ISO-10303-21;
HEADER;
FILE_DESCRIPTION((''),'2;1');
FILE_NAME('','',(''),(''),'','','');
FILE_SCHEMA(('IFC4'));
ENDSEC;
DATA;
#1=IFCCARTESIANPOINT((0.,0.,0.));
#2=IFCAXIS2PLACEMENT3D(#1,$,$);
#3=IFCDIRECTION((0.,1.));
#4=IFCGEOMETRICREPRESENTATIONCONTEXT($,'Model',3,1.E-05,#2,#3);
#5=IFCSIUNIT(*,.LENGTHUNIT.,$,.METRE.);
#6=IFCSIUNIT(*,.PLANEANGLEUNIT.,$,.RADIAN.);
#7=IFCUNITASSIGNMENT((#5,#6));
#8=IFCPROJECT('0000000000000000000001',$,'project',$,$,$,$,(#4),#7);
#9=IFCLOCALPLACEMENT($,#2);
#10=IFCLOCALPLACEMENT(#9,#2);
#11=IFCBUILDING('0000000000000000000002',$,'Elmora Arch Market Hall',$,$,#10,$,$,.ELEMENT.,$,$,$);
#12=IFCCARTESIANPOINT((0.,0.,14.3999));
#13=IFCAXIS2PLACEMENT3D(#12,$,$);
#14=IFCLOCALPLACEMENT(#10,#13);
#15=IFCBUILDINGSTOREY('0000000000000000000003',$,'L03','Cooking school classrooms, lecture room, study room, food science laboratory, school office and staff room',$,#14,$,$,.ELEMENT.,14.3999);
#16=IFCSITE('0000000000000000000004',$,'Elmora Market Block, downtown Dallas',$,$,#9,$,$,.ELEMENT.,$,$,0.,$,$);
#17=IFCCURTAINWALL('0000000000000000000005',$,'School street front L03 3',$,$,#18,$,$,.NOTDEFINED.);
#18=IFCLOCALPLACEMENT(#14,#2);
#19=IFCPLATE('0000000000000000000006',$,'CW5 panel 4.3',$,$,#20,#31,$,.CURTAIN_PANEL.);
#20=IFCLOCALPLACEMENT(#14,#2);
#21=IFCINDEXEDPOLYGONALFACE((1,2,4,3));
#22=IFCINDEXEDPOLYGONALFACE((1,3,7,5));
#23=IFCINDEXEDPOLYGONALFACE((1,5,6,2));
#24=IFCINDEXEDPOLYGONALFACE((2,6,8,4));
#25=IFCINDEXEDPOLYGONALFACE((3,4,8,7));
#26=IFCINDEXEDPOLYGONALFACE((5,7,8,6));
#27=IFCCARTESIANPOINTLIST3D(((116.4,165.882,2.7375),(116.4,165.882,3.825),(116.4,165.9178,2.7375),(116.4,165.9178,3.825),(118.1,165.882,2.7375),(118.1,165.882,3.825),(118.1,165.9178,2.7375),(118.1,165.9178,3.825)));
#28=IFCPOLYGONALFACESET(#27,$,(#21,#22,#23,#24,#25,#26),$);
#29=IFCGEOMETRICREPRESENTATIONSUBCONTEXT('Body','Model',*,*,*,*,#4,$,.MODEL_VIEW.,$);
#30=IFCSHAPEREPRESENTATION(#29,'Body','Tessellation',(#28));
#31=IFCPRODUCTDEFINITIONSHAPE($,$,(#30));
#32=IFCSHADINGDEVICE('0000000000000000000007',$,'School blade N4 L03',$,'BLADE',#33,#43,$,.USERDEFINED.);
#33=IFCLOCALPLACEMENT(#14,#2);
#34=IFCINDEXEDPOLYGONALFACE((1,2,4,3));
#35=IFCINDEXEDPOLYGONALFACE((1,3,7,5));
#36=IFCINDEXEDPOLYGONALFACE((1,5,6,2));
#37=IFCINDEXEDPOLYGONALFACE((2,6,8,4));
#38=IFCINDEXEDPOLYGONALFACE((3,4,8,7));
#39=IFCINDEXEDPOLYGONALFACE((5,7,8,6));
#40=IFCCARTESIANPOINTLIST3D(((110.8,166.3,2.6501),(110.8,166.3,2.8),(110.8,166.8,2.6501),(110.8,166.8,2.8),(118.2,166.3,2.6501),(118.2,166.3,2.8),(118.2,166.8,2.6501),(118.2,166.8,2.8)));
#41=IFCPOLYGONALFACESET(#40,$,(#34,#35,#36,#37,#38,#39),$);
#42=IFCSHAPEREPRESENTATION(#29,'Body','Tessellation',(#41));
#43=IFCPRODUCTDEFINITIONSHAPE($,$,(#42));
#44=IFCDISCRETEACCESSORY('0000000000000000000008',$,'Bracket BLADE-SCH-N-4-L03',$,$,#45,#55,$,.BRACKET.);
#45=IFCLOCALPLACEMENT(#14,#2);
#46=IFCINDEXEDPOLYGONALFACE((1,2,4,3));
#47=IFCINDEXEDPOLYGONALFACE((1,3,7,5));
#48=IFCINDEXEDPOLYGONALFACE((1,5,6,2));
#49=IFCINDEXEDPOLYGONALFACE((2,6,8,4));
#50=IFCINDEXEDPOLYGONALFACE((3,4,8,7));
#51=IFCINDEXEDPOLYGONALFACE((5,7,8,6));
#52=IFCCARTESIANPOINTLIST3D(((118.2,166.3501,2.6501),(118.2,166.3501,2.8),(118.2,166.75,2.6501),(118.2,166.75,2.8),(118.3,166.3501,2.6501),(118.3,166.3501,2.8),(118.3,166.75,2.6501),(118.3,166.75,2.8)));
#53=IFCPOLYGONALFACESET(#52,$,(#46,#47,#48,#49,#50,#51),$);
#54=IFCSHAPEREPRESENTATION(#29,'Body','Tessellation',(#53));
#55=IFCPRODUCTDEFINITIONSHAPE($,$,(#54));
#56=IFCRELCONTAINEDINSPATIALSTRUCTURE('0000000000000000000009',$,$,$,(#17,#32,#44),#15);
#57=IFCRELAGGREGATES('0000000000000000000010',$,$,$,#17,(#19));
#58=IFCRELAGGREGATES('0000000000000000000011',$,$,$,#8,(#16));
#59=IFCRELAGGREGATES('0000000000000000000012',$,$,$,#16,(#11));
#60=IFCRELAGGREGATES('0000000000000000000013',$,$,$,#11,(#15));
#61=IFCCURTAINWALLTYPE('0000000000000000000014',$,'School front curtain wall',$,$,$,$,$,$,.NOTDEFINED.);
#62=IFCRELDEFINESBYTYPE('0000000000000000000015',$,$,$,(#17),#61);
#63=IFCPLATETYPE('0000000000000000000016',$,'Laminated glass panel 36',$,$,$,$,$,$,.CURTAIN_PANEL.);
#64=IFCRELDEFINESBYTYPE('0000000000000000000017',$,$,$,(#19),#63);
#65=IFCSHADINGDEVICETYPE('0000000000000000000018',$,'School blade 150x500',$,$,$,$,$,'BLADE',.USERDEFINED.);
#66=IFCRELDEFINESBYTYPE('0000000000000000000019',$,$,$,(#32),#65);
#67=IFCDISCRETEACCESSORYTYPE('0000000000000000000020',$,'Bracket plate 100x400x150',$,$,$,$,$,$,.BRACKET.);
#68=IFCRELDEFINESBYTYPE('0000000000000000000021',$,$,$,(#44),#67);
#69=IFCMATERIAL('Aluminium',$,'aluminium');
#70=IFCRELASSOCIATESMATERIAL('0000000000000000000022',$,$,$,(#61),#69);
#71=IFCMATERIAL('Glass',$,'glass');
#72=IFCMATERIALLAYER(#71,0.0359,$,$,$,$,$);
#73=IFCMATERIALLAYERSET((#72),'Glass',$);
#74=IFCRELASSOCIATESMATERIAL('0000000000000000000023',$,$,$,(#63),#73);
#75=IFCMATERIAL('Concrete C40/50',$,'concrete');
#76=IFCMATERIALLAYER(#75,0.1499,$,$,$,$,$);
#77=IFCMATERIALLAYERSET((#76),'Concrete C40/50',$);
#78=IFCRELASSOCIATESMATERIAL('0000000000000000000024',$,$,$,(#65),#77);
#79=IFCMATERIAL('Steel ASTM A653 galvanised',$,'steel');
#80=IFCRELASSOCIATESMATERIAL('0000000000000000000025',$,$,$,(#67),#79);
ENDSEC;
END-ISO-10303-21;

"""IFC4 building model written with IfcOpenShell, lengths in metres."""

from ifc_helpers import new_model, si_unit, direction, frame, origin, origin_2d, place, context, subcontext, project, spatial, rectangle, extrude, material, layer, layer_set, type_object, element, aggregate, save


model = new_model("IFC4")

# Units and contexts
model_context = context("Model", 3, precision=1e-05, world=origin(), true_north=direction((0.0, 1.0)))
body_context = subcontext(model_context, "Body", "Model", "MODEL_VIEW")
ifc_project = project(units=[si_unit("LENGTHUNIT", "METRE"), si_unit("PLANEANGLEUNIT", "RADIAN")], contexts=[model_context])

# Site, building, storey
site_placement = place(None, origin())
site = spatial("IfcSite", under=ifc_project, at=site_placement, Name="Elmora Market Block, downtown Dallas", CompositionType="ELEMENT", RefElevation=0.0)
building_placement = place(site_placement, origin())
building = spatial("IfcBuilding", under=site, at=building_placement, Name="Elmora Arch Market Hall", CompositionType="ELEMENT")
storey_placement = place(building_placement, frame((0.0, 0.0, 14.3999)))
storey = spatial("IfcBuildingStorey", under=building, at=storey_placement, Name="L03", Description="Cooking school classrooms, lecture room, study room, food science laboratory, school office and staff room", CompositionType="ELEMENT", Elevation=14.3999)

# Curtain wall
ifc_material_1 = material(Name="Aluminium", Category="aluminium")
curtain_wall_type = type_object("IfcCurtainWallType", Name="School front curtain wall", PredefinedType="NOTDEFINED", material=ifc_material_1)
curtain_wall_placement = place(storey_placement, origin())
curtain_wall = element("IfcCurtainWall", 1, at=curtain_wall_placement, inside=storey, type_object=curtain_wall_type, Name="School street front L03 3", PredefinedType="NOTDEFINED")

# Plate
ifc_material_2 = material(Name="Glass", Category="glass")
ifc_layer_1 = layer(ifc_material_2, 0.0359)
ifc_layer_set_1 = layer_set([ifc_layer_1], Name="Glass")
plate_type = type_object("IfcPlateType", Name="Laminated glass panel 36", PredefinedType="CURTAIN_PANEL", material=ifc_layer_set_1)
plate_1_placement = place(storey_placement, frame((117.25, 165.8999, 2.7375), z_axis=(0.0, 0.0, 1.0), x_axis=(1.0, 0.0, 0.0)))
plate_1 = element("IfcPlate", 2, at=plate_1_placement, type_object=plate_type, Name="CW5 panel 4.3", PredefinedType="CURTAIN_PANEL", context=body_context, shape_type="SweptSolid", body=[
    extrude(rectangle(XDim=1.7, YDim=0.0359, at=origin_2d()), origin(), (0.0, 0.0, 1.0), 1.0874),
])
aggregate(curtain_wall, [plate_1])

# Shading device
ifc_material_3 = material(Name="Concrete C40/50", Category="concrete")
ifc_layer_2 = layer(ifc_material_3, 0.1499)
ifc_layer_set_2 = layer_set([ifc_layer_2], Name="Concrete C40/50")
shading_device_type = type_object("IfcShadingDeviceType", Name="School blade 150x500", ElementType="BLADE", PredefinedType="USERDEFINED", material=ifc_layer_set_2)
shading_device_placement = place(storey_placement, frame((114.5, 166.55, 2.6501), z_axis=(0.0, 0.0, 1.0), x_axis=(1.0, 0.0, 0.0)))
element("IfcShadingDevice", 3, at=shading_device_placement, inside=storey, type_object=shading_device_type, Name="School blade N4 L03", ObjectType="BLADE", PredefinedType="USERDEFINED", context=body_context, shape_type="SweptSolid", body=[
    extrude(rectangle(XDim=7.3999, YDim=0.5, at=origin_2d()), origin(), (0.0, 0.0, 1.0), 0.1499),
])

# Discrete accessory
ifc_material_4 = material(Name="Steel ASTM A653 galvanised", Category="steel")
discrete_accessory_type = type_object("IfcDiscreteAccessoryType", Name="Bracket plate 100x400x150", PredefinedType="BRACKET", material=ifc_material_4)
discrete_accessory_placement = place(storey_placement, frame((118.25, 166.55, 2.6501), z_axis=(0.0, 0.0, 1.0), x_axis=(1.0, 0.0, 0.0)))
element("IfcDiscreteAccessory", 4, at=discrete_accessory_placement, inside=storey, type_object=discrete_accessory_type, Name="Bracket BLADE-SCH-N-4-L03", PredefinedType="BRACKET", context=body_context, shape_type="SweptSolid", body=[
    extrude(rectangle(XDim=0.1001, YDim=0.3999, at=origin_2d()), origin(), (0.0, 0.0, 1.0), 0.1499),
])

save(model, "model.ifc")
